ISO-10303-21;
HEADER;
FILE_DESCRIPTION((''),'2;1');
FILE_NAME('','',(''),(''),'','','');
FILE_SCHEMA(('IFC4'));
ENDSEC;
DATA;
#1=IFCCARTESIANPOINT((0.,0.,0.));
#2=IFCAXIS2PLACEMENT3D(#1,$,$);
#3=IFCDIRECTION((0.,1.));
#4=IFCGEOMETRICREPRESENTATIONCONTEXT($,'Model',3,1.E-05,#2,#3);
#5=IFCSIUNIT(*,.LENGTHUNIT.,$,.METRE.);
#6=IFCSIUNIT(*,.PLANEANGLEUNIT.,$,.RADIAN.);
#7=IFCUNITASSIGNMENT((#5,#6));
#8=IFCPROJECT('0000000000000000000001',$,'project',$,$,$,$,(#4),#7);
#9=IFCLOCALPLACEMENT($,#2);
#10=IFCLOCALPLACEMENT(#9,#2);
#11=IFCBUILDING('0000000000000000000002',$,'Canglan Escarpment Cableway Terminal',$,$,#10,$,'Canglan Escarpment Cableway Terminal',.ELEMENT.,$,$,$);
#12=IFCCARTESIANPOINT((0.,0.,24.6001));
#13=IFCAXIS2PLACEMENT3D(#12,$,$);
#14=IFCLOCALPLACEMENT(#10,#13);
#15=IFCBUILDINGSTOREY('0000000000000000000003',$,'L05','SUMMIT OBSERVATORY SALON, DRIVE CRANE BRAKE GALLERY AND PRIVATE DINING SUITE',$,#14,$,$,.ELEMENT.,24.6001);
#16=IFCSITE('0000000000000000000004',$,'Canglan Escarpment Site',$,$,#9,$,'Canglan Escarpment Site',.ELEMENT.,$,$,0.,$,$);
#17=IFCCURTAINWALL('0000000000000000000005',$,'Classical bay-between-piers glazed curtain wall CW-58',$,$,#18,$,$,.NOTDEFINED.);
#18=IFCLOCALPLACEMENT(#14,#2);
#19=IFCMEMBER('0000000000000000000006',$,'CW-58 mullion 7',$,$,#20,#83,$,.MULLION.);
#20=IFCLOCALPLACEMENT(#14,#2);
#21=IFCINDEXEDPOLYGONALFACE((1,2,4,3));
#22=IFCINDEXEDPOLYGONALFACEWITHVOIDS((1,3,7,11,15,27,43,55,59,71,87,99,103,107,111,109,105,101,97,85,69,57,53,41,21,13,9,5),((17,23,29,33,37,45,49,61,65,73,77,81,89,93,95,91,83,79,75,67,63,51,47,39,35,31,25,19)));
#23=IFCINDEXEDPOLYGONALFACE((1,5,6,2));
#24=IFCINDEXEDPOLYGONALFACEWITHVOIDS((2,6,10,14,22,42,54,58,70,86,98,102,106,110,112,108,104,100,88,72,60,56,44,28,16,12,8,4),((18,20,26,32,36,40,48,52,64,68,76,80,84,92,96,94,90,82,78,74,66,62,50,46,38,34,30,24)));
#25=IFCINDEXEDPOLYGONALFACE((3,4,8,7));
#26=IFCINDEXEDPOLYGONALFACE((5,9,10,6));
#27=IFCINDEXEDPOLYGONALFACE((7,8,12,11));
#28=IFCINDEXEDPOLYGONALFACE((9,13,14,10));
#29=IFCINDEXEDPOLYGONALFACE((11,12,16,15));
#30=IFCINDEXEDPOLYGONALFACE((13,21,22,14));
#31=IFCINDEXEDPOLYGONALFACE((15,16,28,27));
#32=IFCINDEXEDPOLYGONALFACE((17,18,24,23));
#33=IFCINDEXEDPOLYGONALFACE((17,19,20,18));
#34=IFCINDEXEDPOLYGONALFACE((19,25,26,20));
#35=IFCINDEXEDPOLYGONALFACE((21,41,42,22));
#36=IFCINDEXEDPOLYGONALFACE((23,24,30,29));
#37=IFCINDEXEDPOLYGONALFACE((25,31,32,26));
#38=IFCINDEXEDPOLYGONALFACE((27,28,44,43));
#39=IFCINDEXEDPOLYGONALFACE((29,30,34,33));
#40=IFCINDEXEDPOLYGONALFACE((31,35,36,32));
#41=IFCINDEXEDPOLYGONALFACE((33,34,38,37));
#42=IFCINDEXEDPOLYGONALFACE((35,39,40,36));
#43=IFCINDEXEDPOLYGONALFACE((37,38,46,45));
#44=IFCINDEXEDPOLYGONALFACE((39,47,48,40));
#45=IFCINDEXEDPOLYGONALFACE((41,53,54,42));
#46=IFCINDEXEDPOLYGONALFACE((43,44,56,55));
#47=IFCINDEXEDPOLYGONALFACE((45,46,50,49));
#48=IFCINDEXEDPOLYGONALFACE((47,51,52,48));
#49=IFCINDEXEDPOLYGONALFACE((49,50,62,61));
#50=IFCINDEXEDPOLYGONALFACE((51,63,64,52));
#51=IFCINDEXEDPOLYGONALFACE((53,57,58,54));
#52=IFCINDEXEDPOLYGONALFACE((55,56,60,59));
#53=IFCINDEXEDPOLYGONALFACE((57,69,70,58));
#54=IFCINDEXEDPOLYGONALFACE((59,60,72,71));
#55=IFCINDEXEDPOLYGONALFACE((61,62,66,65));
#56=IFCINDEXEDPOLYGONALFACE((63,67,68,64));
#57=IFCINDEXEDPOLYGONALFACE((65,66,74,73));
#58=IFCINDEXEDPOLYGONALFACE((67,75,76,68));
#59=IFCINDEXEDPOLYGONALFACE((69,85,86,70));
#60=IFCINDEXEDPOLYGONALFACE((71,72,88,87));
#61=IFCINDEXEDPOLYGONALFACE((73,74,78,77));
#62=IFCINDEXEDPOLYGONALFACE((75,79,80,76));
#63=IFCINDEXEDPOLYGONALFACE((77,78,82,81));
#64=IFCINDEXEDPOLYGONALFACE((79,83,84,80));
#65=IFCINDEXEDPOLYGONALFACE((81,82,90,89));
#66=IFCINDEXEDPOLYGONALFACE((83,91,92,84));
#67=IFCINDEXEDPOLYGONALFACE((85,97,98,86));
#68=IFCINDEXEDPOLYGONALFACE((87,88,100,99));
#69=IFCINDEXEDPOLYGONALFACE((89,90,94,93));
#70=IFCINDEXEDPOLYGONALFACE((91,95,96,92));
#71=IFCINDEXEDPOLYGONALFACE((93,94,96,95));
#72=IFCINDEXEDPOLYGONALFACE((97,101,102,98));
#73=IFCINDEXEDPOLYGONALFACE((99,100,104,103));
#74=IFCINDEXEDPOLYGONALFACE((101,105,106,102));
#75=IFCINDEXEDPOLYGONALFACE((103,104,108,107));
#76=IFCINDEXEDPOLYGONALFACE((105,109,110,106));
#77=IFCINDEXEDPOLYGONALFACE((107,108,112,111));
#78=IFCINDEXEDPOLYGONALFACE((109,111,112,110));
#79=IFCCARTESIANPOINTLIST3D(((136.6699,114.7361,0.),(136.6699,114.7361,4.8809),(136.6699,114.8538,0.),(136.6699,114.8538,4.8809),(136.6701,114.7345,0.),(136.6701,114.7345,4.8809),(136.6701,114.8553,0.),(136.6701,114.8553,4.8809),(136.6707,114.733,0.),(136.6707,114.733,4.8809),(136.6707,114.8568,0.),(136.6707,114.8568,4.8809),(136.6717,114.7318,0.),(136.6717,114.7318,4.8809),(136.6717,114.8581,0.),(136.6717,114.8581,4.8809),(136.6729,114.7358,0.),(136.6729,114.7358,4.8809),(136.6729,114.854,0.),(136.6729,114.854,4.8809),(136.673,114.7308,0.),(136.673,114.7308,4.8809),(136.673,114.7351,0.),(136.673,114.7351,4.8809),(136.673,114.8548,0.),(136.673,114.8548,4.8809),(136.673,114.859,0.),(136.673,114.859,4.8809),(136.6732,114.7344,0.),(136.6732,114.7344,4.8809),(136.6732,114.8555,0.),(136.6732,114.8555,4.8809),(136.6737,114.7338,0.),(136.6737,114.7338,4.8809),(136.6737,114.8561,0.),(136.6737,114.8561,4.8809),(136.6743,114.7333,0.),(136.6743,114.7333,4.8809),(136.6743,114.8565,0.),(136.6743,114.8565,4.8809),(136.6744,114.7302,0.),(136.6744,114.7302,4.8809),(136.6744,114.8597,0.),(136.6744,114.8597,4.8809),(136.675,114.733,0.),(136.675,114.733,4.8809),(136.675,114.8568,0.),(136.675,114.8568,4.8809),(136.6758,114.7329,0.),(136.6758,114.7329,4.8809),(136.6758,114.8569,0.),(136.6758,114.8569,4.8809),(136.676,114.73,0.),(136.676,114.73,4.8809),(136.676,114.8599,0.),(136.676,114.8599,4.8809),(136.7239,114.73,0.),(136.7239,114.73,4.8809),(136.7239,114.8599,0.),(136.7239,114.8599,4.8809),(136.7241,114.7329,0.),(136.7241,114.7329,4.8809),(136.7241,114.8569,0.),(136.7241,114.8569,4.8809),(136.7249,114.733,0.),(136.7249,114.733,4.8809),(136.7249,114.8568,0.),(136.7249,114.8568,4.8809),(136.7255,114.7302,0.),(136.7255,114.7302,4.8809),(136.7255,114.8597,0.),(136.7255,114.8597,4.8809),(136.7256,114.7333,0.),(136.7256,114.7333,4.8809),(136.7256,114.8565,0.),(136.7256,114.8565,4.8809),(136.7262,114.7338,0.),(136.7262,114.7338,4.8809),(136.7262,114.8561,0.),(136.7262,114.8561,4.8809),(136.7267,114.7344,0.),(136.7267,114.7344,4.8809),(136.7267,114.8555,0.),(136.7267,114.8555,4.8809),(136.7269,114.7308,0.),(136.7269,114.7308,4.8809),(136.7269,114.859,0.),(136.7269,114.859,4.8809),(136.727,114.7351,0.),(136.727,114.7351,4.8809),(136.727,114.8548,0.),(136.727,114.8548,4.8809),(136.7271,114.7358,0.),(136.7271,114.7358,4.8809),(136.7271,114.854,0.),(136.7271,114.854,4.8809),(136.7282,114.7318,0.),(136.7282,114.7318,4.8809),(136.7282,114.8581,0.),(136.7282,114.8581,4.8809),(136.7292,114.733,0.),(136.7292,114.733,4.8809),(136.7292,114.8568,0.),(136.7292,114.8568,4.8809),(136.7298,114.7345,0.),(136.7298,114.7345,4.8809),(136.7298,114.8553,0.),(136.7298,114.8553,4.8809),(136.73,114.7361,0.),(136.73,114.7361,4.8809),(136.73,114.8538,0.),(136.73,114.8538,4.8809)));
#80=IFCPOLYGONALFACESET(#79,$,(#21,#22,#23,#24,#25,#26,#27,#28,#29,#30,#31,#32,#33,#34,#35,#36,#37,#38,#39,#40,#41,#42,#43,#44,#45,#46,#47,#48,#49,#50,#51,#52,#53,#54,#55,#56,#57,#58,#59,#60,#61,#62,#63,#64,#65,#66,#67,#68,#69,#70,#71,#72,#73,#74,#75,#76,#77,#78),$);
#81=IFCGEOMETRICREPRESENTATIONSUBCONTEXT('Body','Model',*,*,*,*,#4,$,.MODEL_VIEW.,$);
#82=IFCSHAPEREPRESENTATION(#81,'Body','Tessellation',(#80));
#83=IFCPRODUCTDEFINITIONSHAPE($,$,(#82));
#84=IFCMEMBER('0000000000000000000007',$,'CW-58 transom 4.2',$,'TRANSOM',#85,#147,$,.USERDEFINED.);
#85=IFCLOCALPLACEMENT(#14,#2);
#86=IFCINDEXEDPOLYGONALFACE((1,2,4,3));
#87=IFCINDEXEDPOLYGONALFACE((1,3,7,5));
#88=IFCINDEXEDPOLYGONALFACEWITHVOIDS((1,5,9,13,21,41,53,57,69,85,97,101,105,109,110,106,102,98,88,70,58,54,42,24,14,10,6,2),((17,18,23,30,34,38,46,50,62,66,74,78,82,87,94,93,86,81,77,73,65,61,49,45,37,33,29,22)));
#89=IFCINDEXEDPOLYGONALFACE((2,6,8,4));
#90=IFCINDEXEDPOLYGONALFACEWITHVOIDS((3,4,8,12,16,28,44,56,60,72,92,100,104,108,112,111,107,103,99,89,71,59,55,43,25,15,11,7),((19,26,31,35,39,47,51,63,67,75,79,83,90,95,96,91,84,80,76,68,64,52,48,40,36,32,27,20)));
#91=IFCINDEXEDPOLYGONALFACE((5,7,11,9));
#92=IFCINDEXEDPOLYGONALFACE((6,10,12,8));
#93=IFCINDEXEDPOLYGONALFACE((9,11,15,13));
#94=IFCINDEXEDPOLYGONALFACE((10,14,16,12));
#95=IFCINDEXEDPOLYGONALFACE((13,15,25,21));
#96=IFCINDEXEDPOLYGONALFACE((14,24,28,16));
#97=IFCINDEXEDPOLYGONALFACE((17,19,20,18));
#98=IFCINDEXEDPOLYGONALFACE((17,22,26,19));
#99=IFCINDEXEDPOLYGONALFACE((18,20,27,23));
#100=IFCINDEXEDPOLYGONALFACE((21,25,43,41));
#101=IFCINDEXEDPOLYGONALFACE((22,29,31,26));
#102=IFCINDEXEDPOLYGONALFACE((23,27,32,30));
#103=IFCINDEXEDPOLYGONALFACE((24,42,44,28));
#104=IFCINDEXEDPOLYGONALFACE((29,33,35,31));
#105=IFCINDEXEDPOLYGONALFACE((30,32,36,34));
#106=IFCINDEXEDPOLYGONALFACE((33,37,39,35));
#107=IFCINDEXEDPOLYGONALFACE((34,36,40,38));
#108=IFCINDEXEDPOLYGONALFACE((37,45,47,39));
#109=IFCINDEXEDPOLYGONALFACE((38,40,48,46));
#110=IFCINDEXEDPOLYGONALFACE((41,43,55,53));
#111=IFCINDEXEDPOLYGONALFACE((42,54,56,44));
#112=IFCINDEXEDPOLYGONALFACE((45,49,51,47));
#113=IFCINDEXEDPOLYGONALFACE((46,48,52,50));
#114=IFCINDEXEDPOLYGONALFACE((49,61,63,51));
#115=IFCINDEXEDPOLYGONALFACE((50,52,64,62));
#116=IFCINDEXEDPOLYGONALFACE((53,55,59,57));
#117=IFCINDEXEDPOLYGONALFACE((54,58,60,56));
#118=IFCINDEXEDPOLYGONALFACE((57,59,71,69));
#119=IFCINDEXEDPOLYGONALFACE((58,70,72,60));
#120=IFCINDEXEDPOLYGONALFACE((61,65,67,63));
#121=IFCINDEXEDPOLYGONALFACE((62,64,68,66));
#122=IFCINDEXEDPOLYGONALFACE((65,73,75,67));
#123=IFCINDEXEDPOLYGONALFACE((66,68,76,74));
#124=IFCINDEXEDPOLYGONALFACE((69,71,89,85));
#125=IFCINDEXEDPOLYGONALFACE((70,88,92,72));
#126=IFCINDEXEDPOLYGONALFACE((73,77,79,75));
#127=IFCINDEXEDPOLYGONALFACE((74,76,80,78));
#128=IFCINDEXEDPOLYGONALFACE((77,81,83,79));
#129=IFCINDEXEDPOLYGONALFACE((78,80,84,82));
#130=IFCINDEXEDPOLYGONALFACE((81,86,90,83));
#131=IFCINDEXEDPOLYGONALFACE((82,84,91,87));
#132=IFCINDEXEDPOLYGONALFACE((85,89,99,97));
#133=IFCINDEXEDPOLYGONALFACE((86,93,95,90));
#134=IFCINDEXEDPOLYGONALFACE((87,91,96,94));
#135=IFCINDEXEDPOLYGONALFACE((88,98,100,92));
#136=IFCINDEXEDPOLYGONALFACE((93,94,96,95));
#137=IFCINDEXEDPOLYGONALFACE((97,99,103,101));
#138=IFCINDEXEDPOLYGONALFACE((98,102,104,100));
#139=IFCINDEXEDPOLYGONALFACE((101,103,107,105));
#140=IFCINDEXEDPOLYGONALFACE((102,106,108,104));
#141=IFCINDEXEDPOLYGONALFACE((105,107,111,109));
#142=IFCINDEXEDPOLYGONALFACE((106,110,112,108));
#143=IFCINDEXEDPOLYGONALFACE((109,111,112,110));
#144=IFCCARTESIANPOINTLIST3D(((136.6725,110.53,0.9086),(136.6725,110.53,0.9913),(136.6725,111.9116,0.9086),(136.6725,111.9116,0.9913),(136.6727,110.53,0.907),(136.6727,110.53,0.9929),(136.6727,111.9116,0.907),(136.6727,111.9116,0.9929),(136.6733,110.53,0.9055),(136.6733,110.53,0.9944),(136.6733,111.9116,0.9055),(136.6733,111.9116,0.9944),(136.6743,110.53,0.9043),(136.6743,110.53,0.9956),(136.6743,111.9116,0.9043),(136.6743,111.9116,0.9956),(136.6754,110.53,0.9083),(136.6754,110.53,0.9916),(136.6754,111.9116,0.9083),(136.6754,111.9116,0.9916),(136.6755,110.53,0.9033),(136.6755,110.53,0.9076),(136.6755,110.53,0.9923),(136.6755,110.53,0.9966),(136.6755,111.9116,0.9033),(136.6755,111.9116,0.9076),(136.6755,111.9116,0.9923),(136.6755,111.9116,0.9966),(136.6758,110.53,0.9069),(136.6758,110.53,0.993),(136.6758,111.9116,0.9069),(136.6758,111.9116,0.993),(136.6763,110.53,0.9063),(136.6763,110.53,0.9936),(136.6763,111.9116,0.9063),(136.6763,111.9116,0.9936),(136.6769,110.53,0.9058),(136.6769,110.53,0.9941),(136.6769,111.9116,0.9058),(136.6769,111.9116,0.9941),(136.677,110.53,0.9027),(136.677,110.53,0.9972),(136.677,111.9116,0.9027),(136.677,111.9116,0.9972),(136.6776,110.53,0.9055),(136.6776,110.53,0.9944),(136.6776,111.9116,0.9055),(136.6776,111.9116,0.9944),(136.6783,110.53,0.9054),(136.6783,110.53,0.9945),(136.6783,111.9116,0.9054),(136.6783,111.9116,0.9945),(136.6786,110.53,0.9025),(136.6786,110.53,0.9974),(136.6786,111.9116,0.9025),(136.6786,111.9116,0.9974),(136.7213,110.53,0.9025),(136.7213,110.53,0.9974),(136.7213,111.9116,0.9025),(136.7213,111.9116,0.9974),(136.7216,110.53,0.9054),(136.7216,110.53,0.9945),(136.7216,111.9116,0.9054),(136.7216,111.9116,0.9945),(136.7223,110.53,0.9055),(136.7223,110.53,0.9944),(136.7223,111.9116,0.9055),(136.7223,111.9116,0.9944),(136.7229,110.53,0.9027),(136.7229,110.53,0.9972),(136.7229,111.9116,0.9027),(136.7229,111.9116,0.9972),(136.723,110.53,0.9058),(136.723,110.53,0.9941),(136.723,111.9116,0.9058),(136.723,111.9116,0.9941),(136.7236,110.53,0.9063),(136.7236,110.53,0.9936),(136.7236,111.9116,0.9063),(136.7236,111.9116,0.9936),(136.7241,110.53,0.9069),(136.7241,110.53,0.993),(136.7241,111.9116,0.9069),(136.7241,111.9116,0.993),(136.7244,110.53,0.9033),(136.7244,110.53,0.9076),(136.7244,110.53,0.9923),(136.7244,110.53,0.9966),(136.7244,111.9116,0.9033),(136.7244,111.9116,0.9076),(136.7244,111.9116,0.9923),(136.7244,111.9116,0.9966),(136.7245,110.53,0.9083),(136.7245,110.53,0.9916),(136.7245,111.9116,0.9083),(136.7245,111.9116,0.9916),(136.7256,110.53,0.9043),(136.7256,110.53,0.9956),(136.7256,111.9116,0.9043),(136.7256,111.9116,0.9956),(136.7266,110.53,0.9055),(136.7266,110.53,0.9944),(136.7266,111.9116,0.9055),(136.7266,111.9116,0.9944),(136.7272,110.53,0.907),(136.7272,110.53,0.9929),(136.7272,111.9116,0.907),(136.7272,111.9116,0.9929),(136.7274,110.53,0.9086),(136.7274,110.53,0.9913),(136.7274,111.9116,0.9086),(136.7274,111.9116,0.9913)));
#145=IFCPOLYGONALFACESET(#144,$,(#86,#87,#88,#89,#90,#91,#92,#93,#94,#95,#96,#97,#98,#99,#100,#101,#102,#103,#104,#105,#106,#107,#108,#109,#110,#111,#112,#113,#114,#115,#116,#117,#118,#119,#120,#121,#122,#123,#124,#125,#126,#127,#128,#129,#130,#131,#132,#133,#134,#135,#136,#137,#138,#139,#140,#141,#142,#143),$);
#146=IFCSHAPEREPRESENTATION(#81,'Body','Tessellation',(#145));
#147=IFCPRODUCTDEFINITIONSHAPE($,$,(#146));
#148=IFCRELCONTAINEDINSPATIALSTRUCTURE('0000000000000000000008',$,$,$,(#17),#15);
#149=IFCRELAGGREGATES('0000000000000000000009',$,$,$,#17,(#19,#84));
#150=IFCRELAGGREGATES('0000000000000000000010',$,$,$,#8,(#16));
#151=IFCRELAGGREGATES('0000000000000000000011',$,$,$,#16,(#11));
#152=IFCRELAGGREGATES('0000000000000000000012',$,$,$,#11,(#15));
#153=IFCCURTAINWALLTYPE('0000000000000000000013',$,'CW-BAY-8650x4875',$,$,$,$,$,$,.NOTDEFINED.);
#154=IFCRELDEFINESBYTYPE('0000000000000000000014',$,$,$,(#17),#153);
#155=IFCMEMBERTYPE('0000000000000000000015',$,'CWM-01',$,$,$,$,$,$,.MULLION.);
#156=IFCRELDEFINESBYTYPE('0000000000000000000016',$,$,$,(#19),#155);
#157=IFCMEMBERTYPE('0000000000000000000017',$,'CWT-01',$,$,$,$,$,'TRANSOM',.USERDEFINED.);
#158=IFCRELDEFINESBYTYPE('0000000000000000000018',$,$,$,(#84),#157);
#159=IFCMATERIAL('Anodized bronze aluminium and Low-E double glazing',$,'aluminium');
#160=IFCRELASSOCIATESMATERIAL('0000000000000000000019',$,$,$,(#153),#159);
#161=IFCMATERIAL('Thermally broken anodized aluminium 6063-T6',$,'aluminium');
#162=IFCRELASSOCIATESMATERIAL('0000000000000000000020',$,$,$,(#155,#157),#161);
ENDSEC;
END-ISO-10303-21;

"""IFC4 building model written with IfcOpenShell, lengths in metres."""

from ifc_helpers import new_model, si_unit, direction, frame, origin, origin_2d, place, context, subcontext, project, spatial, hollow_rectangle, extrude, material, material_profile, profile_set, type_object, element, aggregate, save


model = new_model("IFC4")

# Units and contexts
model_context = context("Model", 3, precision=1e-05, world=origin(), true_north=direction((0.0, 1.0)))
body_context = subcontext(model_context, "Body", "Model", "MODEL_VIEW")
ifc_project = project(units=[si_unit("LENGTHUNIT", "METRE"), si_unit("PLANEANGLEUNIT", "RADIAN")], contexts=[model_context])

# Site, building, storey
site_placement = place(None, origin())
site = spatial("IfcSite", under=ifc_project, at=site_placement, Name="Canglan Escarpment Site", LongName="Canglan Escarpment Site", CompositionType="ELEMENT", RefElevation=0.0)
building_placement = place(site_placement, origin())
building = spatial("IfcBuilding", under=site, at=building_placement, Name="Canglan Escarpment Cableway Terminal", LongName="Canglan Escarpment Cableway Terminal", CompositionType="ELEMENT")
storey_placement = place(building_placement, frame((0.0, 0.0, 24.6001)))
storey = spatial("IfcBuildingStorey", under=building, at=storey_placement, Name="L05", Description="SUMMIT OBSERVATORY SALON, DRIVE CRANE BRAKE GALLERY AND PRIVATE DINING SUITE", CompositionType="ELEMENT", Elevation=24.6001)

# Curtain wall, members
ifc_material_1 = material(Name="Anodized bronze aluminium and Low-E double glazing", Category="aluminium")
curtain_wall_type = type_object("IfcCurtainWallType", Name="CW-BAY-8650x4875", PredefinedType="NOTDEFINED", material=ifc_material_1)
curtain_wall_placement = place(storey_placement, origin())
curtain_wall = element("IfcCurtainWall", 1, at=curtain_wall_placement, inside=storey, type_object=curtain_wall_type, Name="Classical bay-between-piers glazed curtain wall CW-58", PredefinedType="NOTDEFINED")
ifc_material_2 = material(Name="Thermally broken anodized aluminium 6063-T6", Category="aluminium")
ifc_material_profile_1 = material_profile(ifc_material_2, hollow_rectangle(XDim=0.0601, YDim=0.1299, WallThickness=0.0029, InnerFilletRadius=0.0029, OuterFilletRadius=0.0061, at=origin_2d()), Name="ALU-MULL 60x130x3")
ifc_profile_set_1 = profile_set([ifc_material_profile_1], Name="Thermally broken anodized aluminium 6063-T6")
member_type_1 = type_object("IfcMemberType", Name="CWM-01", PredefinedType="MULLION", material=ifc_profile_set_1)
member_1_placement = place(storey_placement, frame((136.7, 114.7949, 0.0), z_axis=(0.0, 0.0, 1.0), x_axis=(-1.0, 0.0, 0.0)))
member_1 = element("IfcMember", 2, at=member_1_placement, type_object=member_type_1, Name="CW-58 mullion 7", PredefinedType="MULLION", context=body_context, shape_type="SweptSolid", body=[
    extrude(hollow_rectangle(XDim=0.0601, YDim=0.1299, WallThickness=0.0029, InnerFilletRadius=0.0029, OuterFilletRadius=0.0061, at=origin_2d()), origin(), (0.0, 0.0, 1.0), 4.8809),
])
ifc_material_profile_2 = material_profile(ifc_material_2, hollow_rectangle(XDim=0.0549, YDim=0.095, WallThickness=0.0029, InnerFilletRadius=0.0029, OuterFilletRadius=0.0061, at=origin_2d()), Name="ALU-TRAN 55x95x3")
ifc_profile_set_2 = profile_set([ifc_material_profile_2], Name="Thermally broken anodized aluminium 6063-T6")
member_type_2 = type_object("IfcMemberType", Name="CWT-01", ElementType="TRANSOM", PredefinedType="USERDEFINED", material=ifc_profile_set_2)
member_2_placement = place(storey_placement, frame((136.7, 110.53, 0.95), z_axis=(0.0, 1.0, 0.0), x_axis=(-1.0, 0.0, 0.0)))
member_2 = element("IfcMember", 3, at=member_2_placement, type_object=member_type_2, Name="CW-58 transom 4.2", ObjectType="TRANSOM", PredefinedType="USERDEFINED", context=body_context, shape_type="SweptSolid", body=[
    extrude(hollow_rectangle(XDim=0.0549, YDim=0.095, WallThickness=0.0029, InnerFilletRadius=0.0029, OuterFilletRadius=0.0061, at=origin_2d()), origin(), (0.0, 0.0, 1.0), 1.3816),
])

aggregate(curtain_wall, [member_1, member_2])

save(model, "model.ifc")
